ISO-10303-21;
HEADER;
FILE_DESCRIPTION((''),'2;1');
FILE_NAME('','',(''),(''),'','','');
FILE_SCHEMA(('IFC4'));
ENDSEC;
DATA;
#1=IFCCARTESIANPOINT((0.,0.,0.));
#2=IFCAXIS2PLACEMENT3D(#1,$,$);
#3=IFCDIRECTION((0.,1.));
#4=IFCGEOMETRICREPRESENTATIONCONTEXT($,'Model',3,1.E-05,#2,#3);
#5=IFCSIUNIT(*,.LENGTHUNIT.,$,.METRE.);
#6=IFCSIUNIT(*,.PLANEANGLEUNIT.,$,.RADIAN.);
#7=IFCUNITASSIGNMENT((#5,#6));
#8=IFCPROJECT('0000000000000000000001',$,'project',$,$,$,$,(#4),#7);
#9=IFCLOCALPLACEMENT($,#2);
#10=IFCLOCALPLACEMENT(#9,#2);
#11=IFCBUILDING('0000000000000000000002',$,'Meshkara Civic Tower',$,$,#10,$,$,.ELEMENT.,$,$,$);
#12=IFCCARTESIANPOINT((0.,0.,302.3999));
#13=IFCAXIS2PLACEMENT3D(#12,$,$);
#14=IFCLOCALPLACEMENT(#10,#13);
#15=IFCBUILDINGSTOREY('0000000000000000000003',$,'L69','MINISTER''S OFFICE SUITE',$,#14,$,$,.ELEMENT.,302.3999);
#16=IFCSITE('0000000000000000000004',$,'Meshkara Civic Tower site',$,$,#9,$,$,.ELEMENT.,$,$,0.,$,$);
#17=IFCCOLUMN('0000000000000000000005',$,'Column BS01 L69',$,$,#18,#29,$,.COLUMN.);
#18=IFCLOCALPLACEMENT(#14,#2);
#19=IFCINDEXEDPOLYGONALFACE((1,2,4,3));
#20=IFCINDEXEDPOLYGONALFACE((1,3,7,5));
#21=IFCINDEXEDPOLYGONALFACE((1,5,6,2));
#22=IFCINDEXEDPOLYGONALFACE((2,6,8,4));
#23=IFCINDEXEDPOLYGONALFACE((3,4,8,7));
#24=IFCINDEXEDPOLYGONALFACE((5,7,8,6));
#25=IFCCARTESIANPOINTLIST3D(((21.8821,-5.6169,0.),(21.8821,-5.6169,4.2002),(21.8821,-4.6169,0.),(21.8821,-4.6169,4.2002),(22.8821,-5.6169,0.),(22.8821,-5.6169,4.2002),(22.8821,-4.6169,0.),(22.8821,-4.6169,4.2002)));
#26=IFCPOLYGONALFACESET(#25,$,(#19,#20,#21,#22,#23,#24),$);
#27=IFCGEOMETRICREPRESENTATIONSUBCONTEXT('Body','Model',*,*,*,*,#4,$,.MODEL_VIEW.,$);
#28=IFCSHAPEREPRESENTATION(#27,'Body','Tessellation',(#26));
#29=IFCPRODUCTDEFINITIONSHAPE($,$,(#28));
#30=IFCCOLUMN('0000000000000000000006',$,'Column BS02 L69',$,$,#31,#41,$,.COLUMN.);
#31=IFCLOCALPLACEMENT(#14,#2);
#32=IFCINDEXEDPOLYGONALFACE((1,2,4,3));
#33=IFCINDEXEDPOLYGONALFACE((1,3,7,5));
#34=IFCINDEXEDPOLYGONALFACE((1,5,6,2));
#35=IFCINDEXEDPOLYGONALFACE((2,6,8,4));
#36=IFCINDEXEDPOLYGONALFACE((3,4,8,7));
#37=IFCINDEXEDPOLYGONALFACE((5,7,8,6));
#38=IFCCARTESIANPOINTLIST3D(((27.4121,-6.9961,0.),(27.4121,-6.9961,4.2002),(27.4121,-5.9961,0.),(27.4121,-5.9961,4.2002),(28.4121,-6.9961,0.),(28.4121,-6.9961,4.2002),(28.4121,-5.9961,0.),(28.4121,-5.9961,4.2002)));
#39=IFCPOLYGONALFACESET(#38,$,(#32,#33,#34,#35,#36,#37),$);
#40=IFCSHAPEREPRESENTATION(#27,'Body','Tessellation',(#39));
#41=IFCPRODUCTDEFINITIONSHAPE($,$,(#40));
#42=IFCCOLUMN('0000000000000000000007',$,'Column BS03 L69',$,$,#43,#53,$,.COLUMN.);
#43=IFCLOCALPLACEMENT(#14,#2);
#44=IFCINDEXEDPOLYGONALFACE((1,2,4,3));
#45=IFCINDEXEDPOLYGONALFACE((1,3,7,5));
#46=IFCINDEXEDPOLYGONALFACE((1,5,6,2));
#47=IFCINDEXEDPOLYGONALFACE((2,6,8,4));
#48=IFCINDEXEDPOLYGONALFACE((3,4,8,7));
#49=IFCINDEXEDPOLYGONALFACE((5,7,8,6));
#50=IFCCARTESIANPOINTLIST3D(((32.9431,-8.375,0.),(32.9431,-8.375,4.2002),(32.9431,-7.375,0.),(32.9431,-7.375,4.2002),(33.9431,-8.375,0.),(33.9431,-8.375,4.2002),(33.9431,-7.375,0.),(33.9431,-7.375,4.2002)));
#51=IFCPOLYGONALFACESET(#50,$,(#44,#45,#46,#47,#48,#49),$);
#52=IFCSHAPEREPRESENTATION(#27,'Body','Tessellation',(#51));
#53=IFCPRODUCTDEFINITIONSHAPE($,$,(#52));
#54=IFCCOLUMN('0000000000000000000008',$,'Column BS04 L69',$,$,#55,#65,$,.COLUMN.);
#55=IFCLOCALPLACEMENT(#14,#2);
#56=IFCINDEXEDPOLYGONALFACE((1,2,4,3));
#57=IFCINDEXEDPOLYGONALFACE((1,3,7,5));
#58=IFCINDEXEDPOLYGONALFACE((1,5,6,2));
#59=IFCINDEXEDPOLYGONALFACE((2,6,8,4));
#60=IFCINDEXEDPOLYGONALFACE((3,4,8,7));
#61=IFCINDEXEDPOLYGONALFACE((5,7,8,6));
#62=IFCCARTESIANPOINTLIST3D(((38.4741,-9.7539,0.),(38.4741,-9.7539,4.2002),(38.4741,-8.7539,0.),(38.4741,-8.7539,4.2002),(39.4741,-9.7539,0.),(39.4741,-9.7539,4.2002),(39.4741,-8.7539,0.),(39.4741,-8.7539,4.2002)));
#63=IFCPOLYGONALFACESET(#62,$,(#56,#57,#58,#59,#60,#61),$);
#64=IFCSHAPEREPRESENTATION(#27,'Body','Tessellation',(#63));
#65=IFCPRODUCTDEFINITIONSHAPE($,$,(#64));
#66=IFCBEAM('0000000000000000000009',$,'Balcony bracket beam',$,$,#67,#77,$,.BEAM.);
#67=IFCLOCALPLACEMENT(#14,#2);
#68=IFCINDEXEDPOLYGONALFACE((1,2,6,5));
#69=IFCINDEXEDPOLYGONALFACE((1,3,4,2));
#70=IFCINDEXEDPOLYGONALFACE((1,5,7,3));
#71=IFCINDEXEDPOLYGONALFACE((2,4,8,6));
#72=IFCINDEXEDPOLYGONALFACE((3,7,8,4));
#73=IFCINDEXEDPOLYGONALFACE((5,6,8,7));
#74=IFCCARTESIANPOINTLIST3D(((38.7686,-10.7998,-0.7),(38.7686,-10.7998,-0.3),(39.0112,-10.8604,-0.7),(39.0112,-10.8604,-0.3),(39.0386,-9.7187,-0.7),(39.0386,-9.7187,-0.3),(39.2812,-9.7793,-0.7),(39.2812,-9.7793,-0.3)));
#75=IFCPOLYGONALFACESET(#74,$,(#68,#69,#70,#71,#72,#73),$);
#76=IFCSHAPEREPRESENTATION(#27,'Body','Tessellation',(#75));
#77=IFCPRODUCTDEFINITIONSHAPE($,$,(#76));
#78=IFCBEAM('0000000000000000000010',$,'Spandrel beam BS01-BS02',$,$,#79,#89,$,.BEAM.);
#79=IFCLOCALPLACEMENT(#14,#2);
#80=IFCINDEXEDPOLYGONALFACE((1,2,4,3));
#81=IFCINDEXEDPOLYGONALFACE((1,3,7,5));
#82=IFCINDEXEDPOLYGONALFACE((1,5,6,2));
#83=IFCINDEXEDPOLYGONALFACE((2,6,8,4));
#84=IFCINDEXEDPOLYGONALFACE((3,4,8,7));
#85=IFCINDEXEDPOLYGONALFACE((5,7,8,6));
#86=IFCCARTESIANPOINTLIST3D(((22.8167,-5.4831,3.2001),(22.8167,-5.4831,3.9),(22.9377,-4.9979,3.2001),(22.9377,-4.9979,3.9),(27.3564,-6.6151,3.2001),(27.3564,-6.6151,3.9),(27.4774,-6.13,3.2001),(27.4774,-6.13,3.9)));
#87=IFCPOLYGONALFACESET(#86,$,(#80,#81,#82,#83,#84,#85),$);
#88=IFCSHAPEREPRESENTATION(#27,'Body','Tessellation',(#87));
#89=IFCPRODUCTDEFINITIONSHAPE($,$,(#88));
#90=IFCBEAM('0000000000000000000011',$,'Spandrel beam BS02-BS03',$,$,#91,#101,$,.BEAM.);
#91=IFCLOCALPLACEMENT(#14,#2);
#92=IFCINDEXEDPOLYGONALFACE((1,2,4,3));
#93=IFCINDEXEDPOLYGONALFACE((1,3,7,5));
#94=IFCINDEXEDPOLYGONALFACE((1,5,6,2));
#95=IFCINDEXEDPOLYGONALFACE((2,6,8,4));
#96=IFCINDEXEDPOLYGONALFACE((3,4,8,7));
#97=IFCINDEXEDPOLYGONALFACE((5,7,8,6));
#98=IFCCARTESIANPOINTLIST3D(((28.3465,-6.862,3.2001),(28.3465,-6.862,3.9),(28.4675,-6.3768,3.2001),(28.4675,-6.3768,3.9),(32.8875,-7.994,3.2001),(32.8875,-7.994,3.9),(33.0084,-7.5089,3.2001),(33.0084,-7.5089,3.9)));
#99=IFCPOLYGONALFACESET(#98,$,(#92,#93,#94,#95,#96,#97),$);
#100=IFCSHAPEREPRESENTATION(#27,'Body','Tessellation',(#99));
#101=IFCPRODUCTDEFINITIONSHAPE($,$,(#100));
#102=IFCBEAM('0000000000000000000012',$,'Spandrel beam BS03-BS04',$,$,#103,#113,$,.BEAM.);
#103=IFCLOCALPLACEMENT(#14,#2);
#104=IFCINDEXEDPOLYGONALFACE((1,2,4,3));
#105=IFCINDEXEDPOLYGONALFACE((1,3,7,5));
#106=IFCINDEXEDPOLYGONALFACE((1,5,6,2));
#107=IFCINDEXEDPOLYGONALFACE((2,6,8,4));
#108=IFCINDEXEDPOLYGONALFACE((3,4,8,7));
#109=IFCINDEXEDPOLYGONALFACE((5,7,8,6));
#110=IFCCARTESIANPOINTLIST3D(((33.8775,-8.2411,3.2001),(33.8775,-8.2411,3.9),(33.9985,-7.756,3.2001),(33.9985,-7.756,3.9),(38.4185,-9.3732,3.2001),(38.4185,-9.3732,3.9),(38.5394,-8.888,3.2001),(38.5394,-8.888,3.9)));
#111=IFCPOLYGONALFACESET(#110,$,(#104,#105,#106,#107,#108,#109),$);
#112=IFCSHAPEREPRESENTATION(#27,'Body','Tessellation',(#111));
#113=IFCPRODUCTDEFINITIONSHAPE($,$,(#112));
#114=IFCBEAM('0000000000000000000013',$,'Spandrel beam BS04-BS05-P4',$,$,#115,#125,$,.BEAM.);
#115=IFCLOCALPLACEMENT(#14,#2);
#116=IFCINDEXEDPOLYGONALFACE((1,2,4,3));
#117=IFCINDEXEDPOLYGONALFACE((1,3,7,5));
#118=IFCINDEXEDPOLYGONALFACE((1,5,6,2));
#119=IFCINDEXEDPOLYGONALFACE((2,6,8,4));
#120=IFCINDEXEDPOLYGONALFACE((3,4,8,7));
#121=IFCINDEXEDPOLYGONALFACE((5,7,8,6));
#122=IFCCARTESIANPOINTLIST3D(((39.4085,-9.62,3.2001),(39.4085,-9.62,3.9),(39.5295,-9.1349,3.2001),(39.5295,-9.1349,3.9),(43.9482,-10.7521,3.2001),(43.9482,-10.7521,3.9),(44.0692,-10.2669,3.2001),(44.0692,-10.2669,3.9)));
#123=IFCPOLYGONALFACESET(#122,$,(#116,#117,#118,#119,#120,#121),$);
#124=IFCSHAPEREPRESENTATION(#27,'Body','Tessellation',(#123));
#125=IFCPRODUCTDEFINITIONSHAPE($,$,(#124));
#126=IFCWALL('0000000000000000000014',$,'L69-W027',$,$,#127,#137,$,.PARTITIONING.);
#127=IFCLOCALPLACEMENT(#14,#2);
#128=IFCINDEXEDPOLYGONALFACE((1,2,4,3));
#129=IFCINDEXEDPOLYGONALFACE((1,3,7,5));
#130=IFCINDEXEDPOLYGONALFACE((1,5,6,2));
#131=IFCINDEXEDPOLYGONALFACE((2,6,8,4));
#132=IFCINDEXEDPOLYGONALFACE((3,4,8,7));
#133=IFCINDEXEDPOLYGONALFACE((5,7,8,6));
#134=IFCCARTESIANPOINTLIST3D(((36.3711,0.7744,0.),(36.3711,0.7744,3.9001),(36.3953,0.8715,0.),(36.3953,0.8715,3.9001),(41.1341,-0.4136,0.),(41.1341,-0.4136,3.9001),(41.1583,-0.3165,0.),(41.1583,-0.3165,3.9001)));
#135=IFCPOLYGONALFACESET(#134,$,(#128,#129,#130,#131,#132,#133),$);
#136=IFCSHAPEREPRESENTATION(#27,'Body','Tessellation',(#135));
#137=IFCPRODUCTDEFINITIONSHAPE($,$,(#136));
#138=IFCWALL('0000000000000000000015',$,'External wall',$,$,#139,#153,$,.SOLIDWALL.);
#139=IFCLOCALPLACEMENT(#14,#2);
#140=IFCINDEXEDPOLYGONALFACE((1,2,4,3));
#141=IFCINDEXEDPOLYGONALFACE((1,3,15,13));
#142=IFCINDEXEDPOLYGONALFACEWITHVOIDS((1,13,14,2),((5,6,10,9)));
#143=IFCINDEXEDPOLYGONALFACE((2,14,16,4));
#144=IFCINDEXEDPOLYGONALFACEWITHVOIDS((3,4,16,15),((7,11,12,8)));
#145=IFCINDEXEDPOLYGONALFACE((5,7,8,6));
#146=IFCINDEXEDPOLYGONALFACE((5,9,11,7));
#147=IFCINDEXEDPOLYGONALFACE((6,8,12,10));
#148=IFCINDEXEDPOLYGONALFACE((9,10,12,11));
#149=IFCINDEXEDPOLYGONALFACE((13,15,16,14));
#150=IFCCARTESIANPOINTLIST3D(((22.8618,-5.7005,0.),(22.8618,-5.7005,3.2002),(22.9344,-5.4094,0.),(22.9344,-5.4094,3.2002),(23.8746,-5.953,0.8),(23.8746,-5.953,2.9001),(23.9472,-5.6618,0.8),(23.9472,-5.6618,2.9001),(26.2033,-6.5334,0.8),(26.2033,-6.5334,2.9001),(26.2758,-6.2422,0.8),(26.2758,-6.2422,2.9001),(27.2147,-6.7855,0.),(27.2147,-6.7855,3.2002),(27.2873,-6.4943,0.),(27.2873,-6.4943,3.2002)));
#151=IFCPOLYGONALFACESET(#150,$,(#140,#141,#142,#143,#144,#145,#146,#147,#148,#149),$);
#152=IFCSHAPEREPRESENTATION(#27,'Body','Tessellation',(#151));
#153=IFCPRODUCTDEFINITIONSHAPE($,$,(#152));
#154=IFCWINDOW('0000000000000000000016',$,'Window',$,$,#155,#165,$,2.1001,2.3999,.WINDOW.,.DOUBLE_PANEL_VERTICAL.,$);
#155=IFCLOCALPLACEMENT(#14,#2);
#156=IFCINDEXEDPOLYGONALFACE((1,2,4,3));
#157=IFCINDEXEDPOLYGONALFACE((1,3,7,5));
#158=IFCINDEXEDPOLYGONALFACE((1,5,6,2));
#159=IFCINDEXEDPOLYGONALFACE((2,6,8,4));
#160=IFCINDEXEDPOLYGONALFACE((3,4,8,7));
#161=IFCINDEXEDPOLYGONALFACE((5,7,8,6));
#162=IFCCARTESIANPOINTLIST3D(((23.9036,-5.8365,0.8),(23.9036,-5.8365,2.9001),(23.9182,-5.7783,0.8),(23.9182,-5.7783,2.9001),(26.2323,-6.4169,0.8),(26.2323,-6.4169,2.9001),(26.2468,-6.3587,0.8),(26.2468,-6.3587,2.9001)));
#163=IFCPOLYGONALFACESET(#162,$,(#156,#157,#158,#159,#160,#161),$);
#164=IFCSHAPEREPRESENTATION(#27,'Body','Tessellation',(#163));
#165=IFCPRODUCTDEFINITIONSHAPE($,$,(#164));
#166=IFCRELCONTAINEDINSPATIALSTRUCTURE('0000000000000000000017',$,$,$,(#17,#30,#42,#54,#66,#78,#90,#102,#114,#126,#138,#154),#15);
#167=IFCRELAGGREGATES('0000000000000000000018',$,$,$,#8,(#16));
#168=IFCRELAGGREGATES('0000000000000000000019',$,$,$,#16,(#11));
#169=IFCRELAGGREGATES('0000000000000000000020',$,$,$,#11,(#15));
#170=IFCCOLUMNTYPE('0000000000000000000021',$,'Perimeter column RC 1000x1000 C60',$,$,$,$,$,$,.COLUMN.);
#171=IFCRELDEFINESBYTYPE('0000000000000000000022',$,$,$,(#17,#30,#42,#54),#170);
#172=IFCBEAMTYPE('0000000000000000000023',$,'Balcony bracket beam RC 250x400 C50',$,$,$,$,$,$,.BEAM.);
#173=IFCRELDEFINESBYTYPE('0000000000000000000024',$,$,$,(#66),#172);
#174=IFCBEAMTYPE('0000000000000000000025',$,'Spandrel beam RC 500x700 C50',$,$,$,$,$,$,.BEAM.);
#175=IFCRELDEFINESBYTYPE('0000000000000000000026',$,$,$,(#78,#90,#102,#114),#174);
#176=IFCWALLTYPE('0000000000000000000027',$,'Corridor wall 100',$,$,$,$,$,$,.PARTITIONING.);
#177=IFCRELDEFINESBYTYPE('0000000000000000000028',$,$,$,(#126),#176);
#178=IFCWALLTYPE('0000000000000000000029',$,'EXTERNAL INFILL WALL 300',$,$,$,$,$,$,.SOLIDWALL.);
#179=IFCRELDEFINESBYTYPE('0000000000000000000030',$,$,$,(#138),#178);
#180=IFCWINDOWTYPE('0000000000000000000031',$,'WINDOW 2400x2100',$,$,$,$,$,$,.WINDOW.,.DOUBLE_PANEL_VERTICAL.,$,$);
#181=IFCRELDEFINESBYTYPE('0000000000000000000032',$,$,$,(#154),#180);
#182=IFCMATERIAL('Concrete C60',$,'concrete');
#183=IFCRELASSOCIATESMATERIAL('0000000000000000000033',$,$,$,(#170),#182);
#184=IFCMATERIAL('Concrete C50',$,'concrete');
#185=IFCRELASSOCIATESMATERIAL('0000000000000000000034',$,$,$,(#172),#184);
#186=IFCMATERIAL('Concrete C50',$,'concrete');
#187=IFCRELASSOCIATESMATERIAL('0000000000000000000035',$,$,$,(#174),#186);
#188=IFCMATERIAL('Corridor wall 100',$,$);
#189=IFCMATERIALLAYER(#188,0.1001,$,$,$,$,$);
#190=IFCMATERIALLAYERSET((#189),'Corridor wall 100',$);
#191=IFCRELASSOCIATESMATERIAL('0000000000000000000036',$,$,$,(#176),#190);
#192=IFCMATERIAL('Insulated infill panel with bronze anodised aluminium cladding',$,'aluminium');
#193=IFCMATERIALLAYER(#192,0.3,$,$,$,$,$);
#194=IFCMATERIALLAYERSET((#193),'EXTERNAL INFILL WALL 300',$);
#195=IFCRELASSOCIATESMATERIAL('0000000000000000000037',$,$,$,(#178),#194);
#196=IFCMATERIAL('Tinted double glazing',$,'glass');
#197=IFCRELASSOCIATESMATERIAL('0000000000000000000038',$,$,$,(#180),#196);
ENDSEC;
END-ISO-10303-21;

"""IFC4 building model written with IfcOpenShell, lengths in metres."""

from ifc_helpers import new_model, si_unit, direction, frame, frame_2d, origin, origin_2d, place, context, subcontext, project, spatial, rectangle, extrude, material, layer, layer_set, material_profile, profile_set, type_object, element, fill, save


model = new_model("IFC4")

# Units and contexts
model_context = context("Model", 3, precision=1e-05, world=origin(), true_north=direction((0.0, 1.0)))
body_context = subcontext(model_context, "Body", "Model", "MODEL_VIEW")
ifc_project = project(units=[si_unit("LENGTHUNIT", "METRE"), si_unit("PLANEANGLEUNIT", "RADIAN")], contexts=[model_context])

# Site, building, storey
site_placement = place(None, origin())
site = spatial("IfcSite", under=ifc_project, at=site_placement, Name="Meshkara Civic Tower site", CompositionType="ELEMENT", RefElevation=0.0)
building_placement = place(site_placement, origin())
building = spatial("IfcBuilding", under=site, at=building_placement, Name="Meshkara Civic Tower", CompositionType="ELEMENT")
storey_placement = place(building_placement, frame((0.0, 0.0, 302.3999)))
storey = spatial("IfcBuildingStorey", under=building, at=storey_placement, Name="L69", Description="MINISTER'S OFFICE SUITE", CompositionType="ELEMENT", Elevation=302.3999)

# Columns
ifc_material_1 = material(Name="Concrete C60", Category="concrete")
ifc_material_profile_1 = material_profile(ifc_material_1, rectangle(XDim=1.0, YDim=1.0, at=origin_2d()))
ifc_profile_set_1 = profile_set([ifc_material_profile_1], Name="Concrete C60")
column_type = type_object("IfcColumnType", Name="Perimeter column RC 1000x1000 C60", PredefinedType="COLUMN", material=ifc_profile_set_1)
for number, where, z_axis, x_axis, name in (
    (1, (22.3821, -5.1169, 0.0), (0.0, 0.0, 1.0), (1.0, 0.0, 0.0), "Column BS01 L69"),
    (2, (27.9121, -6.4961, 0.0), (0.0, 0.0, 1.0), (1.0, 0.0, 0.0), "Column BS02 L69"),
    (3, (33.4431, -7.875, 0.0), (0.0, 0.0, 1.0), (1.0, 0.0, 0.0), "Column BS03 L69"),
    (4, (38.9741, -9.2539, 0.0), (0.0, 0.0, 1.0), (1.0, 0.0, 0.0), "Column BS04 L69"),
):
    element("IfcColumn", number, at=place(storey_placement, frame(where, z_axis=z_axis, x_axis=x_axis)), inside=storey, type_object=column_type, Name=name, PredefinedType="COLUMN", context=body_context, shape_type="SweptSolid", body=[
        extrude(rectangle(XDim=1.0, YDim=1.0, at=origin_2d()), origin(), (0.0, 0.0, 1.0), 4.2002),
    ])

# Beams
ifc_material_2 = material(Name="Concrete C50", Category="concrete")
ifc_material_profile_2 = material_profile(ifc_material_2, rectangle(XDim=0.25, YDim=0.3999, at=origin_2d()))
ifc_profile_set_2 = profile_set([ifc_material_profile_2], Name="Concrete C50")
beam_type_1 = type_object("IfcBeamType", Name="Balcony bracket beam RC 250x400 C50", PredefinedType="BEAM", material=ifc_profile_set_2)
beam_1_placement = place(storey_placement, frame((39.1599, -9.749, -0.5), z_axis=(-0.242329, -0.970194, 0.0), x_axis=(0.970194, -0.242329, 0.0)))
element("IfcBeam", 5, at=beam_1_placement, inside=storey, type_object=beam_type_1, Name="Balcony bracket beam", PredefinedType="BEAM", context=body_context, shape_type="SweptSolid", body=[
    extrude(rectangle(XDim=0.25, YDim=0.3999, at=origin_2d()), origin(), (0.0, 0.0, 1.0), 1.1143),
])
ifc_material_3 = material(Name="Concrete C50", Category="concrete")
ifc_material_profile_3 = material_profile(ifc_material_3, rectangle(XDim=0.5, YDim=0.7, at=origin_2d()))
ifc_profile_set_3 = profile_set([ifc_material_profile_3], Name="Concrete C50")
beam_type_2 = type_object("IfcBeamType", Name="Spandrel beam RC 500x700 C50", PredefinedType="BEAM", material=ifc_profile_set_3)
beam_2_placement = place(storey_placement, frame((22.8772, -5.2405, 3.55), z_axis=(0.970287, -0.241959, 0.0), x_axis=(0.241959, 0.970287, 0.0)))
element("IfcBeam", 6, at=beam_2_placement, inside=storey, type_object=beam_type_2, Name="Spandrel beam BS01-BS02", PredefinedType="BEAM", context=body_context, shape_type="SweptSolid", body=[
    extrude(rectangle(XDim=0.5, YDim=0.7, at=origin_2d()), origin(), (0.0, 0.0, 1.0), 4.6787),
])
for number, where, z_axis, x_axis, name in (
    (7, (28.407, -6.6194, 3.55), (0.970302, -0.241897, 0.0), (0.241897, 0.970302, 0.0), "Spandrel beam BS02-BS03"),
    (8, (33.938, -7.9985, 3.55), (0.970302, -0.241897, 0.0), (0.241897, 0.970302, 0.0), "Spandrel beam BS03-BS04"),
):
    element("IfcBeam", number, at=place(storey_placement, frame(where, z_axis=z_axis, x_axis=x_axis)), inside=storey, type_object=beam_type_2, Name=name, PredefinedType="BEAM", context=body_context, shape_type="SweptSolid", body=[
        extrude(rectangle(XDim=0.5, YDim=0.7, at=origin_2d()), origin(), (0.0, 0.0, 1.0), 4.6799),
    ])
beam_3_placement = place(storey_placement, frame((39.469, -9.3774, 3.55), z_axis=(0.970287, -0.241959, 0.0), x_axis=(0.241959, 0.970287, 0.0)))
element("IfcBeam", 9, at=beam_3_placement, inside=storey, type_object=beam_type_2, Name="Spandrel beam BS04-BS05-P4", PredefinedType="BEAM", context=body_context, shape_type="SweptSolid", body=[
    extrude(rectangle(XDim=0.5, YDim=0.7, at=origin_2d()), origin(), (0.0, 0.0, 1.0), 4.6787),
])

# Wall
ifc_material_4 = material(Name="Corridor wall 100")
ifc_layer_1 = layer(ifc_material_4, 0.1001)
ifc_layer_set_1 = layer_set([ifc_layer_1], Name="Corridor wall 100")
wall_type_1 = type_object("IfcWallType", Name="Corridor wall 100", PredefinedType="PARTITIONING", material=ifc_layer_set_1)
wall_1_placement = place(storey_placement, frame((36.3831, 0.823, 0.0), z_axis=(0.0, 0.0, 1.0), x_axis=(0.970274, -0.242009, 0.0)))
element("IfcWall", 10, at=wall_1_placement, inside=storey, type_object=wall_type_1, Name="L69-W027", PredefinedType="PARTITIONING", context=body_context, shape_type="SweptSolid", body=[
    extrude(rectangle(XDim=4.9089, YDim=0.1001, at=frame_2d((2.4546, 0.0))), origin(), (0.0, 0.0, 1.0), 3.9001),
])

# Wall, opening, window
ifc_material_5 = material(Name="Insulated infill panel with bronze anodised aluminium cladding", Category="aluminium")
ifc_layer_2 = layer(ifc_material_5, 0.3)
ifc_layer_set_2 = layer_set([ifc_layer_2], Name="EXTERNAL INFILL WALL 300")
wall_type_2 = type_object("IfcWallType", Name="EXTERNAL INFILL WALL 300", PredefinedType="SOLIDWALL", material=ifc_layer_set_2)
wall_2_placement = place(storey_placement, frame((22.8979, -5.5549, 0.0), z_axis=(0.0, 0.0, 1.0), x_axis=(0.970315, -0.241844, 0.0)))
wall_2 = element("IfcWall", 11, at=wall_2_placement, inside=storey, type_object=wall_type_2, Name="External wall", PredefinedType="SOLIDWALL", context=body_context, shape_type="SweptSolid", body=[
    extrude(rectangle(XDim=4.4861, YDim=0.3, at=frame_2d((2.2432, 0.0))), origin(), (0.0, 0.0, 1.0), 3.2002),
])
opening_1_placement = place(wall_2_placement, frame((1.0439, 0.0, 0.8)))
opening_1 = element("IfcOpeningElement", 12, at=opening_1_placement, cuts=wall_2, PredefinedType="OPENING", context=body_context, shape_type="SweptSolid", body=[
    extrude(rectangle(XDim=2.3999, YDim=2.1001, at=frame_2d((1.2, 1.05))), frame((0.0, 0.1599, 0.0), z_axis=(0.0, -1.0, 0.0), x_axis=(1.0, 0.0, 0.0)), (0.0, 0.0, 1.0), 0.3201),
])
ifc_material_6 = material(Name="Tinted double glazing", Category="glass")
window_type = type_object("IfcWindowType", Name="WINDOW 2400x2100", PartitioningType="DOUBLE_PANEL_VERTICAL", PredefinedType="WINDOW", material=ifc_material_6)
window_1_placement = place(opening_1_placement, origin())
window_1 = element("IfcWindow", 13, at=window_1_placement, inside=storey, type_object=window_type, Name="Window", OverallHeight=2.1001, OverallWidth=2.3999, PartitioningType="DOUBLE_PANEL_VERTICAL", PredefinedType="WINDOW", context=body_context, shape_type="SweptSolid", body=[
    extrude(rectangle(XDim=2.3999, YDim=2.1001, at=frame_2d((1.2, 1.05))), frame((0.0, 0.03, 0.0), z_axis=(0.0, -1.0, 0.0), x_axis=(1.0, 0.0, 0.0)), (0.0, 0.0, 1.0), 0.0601),
])
fill(opening_1, window_1)

save(model, "model.ifc")
